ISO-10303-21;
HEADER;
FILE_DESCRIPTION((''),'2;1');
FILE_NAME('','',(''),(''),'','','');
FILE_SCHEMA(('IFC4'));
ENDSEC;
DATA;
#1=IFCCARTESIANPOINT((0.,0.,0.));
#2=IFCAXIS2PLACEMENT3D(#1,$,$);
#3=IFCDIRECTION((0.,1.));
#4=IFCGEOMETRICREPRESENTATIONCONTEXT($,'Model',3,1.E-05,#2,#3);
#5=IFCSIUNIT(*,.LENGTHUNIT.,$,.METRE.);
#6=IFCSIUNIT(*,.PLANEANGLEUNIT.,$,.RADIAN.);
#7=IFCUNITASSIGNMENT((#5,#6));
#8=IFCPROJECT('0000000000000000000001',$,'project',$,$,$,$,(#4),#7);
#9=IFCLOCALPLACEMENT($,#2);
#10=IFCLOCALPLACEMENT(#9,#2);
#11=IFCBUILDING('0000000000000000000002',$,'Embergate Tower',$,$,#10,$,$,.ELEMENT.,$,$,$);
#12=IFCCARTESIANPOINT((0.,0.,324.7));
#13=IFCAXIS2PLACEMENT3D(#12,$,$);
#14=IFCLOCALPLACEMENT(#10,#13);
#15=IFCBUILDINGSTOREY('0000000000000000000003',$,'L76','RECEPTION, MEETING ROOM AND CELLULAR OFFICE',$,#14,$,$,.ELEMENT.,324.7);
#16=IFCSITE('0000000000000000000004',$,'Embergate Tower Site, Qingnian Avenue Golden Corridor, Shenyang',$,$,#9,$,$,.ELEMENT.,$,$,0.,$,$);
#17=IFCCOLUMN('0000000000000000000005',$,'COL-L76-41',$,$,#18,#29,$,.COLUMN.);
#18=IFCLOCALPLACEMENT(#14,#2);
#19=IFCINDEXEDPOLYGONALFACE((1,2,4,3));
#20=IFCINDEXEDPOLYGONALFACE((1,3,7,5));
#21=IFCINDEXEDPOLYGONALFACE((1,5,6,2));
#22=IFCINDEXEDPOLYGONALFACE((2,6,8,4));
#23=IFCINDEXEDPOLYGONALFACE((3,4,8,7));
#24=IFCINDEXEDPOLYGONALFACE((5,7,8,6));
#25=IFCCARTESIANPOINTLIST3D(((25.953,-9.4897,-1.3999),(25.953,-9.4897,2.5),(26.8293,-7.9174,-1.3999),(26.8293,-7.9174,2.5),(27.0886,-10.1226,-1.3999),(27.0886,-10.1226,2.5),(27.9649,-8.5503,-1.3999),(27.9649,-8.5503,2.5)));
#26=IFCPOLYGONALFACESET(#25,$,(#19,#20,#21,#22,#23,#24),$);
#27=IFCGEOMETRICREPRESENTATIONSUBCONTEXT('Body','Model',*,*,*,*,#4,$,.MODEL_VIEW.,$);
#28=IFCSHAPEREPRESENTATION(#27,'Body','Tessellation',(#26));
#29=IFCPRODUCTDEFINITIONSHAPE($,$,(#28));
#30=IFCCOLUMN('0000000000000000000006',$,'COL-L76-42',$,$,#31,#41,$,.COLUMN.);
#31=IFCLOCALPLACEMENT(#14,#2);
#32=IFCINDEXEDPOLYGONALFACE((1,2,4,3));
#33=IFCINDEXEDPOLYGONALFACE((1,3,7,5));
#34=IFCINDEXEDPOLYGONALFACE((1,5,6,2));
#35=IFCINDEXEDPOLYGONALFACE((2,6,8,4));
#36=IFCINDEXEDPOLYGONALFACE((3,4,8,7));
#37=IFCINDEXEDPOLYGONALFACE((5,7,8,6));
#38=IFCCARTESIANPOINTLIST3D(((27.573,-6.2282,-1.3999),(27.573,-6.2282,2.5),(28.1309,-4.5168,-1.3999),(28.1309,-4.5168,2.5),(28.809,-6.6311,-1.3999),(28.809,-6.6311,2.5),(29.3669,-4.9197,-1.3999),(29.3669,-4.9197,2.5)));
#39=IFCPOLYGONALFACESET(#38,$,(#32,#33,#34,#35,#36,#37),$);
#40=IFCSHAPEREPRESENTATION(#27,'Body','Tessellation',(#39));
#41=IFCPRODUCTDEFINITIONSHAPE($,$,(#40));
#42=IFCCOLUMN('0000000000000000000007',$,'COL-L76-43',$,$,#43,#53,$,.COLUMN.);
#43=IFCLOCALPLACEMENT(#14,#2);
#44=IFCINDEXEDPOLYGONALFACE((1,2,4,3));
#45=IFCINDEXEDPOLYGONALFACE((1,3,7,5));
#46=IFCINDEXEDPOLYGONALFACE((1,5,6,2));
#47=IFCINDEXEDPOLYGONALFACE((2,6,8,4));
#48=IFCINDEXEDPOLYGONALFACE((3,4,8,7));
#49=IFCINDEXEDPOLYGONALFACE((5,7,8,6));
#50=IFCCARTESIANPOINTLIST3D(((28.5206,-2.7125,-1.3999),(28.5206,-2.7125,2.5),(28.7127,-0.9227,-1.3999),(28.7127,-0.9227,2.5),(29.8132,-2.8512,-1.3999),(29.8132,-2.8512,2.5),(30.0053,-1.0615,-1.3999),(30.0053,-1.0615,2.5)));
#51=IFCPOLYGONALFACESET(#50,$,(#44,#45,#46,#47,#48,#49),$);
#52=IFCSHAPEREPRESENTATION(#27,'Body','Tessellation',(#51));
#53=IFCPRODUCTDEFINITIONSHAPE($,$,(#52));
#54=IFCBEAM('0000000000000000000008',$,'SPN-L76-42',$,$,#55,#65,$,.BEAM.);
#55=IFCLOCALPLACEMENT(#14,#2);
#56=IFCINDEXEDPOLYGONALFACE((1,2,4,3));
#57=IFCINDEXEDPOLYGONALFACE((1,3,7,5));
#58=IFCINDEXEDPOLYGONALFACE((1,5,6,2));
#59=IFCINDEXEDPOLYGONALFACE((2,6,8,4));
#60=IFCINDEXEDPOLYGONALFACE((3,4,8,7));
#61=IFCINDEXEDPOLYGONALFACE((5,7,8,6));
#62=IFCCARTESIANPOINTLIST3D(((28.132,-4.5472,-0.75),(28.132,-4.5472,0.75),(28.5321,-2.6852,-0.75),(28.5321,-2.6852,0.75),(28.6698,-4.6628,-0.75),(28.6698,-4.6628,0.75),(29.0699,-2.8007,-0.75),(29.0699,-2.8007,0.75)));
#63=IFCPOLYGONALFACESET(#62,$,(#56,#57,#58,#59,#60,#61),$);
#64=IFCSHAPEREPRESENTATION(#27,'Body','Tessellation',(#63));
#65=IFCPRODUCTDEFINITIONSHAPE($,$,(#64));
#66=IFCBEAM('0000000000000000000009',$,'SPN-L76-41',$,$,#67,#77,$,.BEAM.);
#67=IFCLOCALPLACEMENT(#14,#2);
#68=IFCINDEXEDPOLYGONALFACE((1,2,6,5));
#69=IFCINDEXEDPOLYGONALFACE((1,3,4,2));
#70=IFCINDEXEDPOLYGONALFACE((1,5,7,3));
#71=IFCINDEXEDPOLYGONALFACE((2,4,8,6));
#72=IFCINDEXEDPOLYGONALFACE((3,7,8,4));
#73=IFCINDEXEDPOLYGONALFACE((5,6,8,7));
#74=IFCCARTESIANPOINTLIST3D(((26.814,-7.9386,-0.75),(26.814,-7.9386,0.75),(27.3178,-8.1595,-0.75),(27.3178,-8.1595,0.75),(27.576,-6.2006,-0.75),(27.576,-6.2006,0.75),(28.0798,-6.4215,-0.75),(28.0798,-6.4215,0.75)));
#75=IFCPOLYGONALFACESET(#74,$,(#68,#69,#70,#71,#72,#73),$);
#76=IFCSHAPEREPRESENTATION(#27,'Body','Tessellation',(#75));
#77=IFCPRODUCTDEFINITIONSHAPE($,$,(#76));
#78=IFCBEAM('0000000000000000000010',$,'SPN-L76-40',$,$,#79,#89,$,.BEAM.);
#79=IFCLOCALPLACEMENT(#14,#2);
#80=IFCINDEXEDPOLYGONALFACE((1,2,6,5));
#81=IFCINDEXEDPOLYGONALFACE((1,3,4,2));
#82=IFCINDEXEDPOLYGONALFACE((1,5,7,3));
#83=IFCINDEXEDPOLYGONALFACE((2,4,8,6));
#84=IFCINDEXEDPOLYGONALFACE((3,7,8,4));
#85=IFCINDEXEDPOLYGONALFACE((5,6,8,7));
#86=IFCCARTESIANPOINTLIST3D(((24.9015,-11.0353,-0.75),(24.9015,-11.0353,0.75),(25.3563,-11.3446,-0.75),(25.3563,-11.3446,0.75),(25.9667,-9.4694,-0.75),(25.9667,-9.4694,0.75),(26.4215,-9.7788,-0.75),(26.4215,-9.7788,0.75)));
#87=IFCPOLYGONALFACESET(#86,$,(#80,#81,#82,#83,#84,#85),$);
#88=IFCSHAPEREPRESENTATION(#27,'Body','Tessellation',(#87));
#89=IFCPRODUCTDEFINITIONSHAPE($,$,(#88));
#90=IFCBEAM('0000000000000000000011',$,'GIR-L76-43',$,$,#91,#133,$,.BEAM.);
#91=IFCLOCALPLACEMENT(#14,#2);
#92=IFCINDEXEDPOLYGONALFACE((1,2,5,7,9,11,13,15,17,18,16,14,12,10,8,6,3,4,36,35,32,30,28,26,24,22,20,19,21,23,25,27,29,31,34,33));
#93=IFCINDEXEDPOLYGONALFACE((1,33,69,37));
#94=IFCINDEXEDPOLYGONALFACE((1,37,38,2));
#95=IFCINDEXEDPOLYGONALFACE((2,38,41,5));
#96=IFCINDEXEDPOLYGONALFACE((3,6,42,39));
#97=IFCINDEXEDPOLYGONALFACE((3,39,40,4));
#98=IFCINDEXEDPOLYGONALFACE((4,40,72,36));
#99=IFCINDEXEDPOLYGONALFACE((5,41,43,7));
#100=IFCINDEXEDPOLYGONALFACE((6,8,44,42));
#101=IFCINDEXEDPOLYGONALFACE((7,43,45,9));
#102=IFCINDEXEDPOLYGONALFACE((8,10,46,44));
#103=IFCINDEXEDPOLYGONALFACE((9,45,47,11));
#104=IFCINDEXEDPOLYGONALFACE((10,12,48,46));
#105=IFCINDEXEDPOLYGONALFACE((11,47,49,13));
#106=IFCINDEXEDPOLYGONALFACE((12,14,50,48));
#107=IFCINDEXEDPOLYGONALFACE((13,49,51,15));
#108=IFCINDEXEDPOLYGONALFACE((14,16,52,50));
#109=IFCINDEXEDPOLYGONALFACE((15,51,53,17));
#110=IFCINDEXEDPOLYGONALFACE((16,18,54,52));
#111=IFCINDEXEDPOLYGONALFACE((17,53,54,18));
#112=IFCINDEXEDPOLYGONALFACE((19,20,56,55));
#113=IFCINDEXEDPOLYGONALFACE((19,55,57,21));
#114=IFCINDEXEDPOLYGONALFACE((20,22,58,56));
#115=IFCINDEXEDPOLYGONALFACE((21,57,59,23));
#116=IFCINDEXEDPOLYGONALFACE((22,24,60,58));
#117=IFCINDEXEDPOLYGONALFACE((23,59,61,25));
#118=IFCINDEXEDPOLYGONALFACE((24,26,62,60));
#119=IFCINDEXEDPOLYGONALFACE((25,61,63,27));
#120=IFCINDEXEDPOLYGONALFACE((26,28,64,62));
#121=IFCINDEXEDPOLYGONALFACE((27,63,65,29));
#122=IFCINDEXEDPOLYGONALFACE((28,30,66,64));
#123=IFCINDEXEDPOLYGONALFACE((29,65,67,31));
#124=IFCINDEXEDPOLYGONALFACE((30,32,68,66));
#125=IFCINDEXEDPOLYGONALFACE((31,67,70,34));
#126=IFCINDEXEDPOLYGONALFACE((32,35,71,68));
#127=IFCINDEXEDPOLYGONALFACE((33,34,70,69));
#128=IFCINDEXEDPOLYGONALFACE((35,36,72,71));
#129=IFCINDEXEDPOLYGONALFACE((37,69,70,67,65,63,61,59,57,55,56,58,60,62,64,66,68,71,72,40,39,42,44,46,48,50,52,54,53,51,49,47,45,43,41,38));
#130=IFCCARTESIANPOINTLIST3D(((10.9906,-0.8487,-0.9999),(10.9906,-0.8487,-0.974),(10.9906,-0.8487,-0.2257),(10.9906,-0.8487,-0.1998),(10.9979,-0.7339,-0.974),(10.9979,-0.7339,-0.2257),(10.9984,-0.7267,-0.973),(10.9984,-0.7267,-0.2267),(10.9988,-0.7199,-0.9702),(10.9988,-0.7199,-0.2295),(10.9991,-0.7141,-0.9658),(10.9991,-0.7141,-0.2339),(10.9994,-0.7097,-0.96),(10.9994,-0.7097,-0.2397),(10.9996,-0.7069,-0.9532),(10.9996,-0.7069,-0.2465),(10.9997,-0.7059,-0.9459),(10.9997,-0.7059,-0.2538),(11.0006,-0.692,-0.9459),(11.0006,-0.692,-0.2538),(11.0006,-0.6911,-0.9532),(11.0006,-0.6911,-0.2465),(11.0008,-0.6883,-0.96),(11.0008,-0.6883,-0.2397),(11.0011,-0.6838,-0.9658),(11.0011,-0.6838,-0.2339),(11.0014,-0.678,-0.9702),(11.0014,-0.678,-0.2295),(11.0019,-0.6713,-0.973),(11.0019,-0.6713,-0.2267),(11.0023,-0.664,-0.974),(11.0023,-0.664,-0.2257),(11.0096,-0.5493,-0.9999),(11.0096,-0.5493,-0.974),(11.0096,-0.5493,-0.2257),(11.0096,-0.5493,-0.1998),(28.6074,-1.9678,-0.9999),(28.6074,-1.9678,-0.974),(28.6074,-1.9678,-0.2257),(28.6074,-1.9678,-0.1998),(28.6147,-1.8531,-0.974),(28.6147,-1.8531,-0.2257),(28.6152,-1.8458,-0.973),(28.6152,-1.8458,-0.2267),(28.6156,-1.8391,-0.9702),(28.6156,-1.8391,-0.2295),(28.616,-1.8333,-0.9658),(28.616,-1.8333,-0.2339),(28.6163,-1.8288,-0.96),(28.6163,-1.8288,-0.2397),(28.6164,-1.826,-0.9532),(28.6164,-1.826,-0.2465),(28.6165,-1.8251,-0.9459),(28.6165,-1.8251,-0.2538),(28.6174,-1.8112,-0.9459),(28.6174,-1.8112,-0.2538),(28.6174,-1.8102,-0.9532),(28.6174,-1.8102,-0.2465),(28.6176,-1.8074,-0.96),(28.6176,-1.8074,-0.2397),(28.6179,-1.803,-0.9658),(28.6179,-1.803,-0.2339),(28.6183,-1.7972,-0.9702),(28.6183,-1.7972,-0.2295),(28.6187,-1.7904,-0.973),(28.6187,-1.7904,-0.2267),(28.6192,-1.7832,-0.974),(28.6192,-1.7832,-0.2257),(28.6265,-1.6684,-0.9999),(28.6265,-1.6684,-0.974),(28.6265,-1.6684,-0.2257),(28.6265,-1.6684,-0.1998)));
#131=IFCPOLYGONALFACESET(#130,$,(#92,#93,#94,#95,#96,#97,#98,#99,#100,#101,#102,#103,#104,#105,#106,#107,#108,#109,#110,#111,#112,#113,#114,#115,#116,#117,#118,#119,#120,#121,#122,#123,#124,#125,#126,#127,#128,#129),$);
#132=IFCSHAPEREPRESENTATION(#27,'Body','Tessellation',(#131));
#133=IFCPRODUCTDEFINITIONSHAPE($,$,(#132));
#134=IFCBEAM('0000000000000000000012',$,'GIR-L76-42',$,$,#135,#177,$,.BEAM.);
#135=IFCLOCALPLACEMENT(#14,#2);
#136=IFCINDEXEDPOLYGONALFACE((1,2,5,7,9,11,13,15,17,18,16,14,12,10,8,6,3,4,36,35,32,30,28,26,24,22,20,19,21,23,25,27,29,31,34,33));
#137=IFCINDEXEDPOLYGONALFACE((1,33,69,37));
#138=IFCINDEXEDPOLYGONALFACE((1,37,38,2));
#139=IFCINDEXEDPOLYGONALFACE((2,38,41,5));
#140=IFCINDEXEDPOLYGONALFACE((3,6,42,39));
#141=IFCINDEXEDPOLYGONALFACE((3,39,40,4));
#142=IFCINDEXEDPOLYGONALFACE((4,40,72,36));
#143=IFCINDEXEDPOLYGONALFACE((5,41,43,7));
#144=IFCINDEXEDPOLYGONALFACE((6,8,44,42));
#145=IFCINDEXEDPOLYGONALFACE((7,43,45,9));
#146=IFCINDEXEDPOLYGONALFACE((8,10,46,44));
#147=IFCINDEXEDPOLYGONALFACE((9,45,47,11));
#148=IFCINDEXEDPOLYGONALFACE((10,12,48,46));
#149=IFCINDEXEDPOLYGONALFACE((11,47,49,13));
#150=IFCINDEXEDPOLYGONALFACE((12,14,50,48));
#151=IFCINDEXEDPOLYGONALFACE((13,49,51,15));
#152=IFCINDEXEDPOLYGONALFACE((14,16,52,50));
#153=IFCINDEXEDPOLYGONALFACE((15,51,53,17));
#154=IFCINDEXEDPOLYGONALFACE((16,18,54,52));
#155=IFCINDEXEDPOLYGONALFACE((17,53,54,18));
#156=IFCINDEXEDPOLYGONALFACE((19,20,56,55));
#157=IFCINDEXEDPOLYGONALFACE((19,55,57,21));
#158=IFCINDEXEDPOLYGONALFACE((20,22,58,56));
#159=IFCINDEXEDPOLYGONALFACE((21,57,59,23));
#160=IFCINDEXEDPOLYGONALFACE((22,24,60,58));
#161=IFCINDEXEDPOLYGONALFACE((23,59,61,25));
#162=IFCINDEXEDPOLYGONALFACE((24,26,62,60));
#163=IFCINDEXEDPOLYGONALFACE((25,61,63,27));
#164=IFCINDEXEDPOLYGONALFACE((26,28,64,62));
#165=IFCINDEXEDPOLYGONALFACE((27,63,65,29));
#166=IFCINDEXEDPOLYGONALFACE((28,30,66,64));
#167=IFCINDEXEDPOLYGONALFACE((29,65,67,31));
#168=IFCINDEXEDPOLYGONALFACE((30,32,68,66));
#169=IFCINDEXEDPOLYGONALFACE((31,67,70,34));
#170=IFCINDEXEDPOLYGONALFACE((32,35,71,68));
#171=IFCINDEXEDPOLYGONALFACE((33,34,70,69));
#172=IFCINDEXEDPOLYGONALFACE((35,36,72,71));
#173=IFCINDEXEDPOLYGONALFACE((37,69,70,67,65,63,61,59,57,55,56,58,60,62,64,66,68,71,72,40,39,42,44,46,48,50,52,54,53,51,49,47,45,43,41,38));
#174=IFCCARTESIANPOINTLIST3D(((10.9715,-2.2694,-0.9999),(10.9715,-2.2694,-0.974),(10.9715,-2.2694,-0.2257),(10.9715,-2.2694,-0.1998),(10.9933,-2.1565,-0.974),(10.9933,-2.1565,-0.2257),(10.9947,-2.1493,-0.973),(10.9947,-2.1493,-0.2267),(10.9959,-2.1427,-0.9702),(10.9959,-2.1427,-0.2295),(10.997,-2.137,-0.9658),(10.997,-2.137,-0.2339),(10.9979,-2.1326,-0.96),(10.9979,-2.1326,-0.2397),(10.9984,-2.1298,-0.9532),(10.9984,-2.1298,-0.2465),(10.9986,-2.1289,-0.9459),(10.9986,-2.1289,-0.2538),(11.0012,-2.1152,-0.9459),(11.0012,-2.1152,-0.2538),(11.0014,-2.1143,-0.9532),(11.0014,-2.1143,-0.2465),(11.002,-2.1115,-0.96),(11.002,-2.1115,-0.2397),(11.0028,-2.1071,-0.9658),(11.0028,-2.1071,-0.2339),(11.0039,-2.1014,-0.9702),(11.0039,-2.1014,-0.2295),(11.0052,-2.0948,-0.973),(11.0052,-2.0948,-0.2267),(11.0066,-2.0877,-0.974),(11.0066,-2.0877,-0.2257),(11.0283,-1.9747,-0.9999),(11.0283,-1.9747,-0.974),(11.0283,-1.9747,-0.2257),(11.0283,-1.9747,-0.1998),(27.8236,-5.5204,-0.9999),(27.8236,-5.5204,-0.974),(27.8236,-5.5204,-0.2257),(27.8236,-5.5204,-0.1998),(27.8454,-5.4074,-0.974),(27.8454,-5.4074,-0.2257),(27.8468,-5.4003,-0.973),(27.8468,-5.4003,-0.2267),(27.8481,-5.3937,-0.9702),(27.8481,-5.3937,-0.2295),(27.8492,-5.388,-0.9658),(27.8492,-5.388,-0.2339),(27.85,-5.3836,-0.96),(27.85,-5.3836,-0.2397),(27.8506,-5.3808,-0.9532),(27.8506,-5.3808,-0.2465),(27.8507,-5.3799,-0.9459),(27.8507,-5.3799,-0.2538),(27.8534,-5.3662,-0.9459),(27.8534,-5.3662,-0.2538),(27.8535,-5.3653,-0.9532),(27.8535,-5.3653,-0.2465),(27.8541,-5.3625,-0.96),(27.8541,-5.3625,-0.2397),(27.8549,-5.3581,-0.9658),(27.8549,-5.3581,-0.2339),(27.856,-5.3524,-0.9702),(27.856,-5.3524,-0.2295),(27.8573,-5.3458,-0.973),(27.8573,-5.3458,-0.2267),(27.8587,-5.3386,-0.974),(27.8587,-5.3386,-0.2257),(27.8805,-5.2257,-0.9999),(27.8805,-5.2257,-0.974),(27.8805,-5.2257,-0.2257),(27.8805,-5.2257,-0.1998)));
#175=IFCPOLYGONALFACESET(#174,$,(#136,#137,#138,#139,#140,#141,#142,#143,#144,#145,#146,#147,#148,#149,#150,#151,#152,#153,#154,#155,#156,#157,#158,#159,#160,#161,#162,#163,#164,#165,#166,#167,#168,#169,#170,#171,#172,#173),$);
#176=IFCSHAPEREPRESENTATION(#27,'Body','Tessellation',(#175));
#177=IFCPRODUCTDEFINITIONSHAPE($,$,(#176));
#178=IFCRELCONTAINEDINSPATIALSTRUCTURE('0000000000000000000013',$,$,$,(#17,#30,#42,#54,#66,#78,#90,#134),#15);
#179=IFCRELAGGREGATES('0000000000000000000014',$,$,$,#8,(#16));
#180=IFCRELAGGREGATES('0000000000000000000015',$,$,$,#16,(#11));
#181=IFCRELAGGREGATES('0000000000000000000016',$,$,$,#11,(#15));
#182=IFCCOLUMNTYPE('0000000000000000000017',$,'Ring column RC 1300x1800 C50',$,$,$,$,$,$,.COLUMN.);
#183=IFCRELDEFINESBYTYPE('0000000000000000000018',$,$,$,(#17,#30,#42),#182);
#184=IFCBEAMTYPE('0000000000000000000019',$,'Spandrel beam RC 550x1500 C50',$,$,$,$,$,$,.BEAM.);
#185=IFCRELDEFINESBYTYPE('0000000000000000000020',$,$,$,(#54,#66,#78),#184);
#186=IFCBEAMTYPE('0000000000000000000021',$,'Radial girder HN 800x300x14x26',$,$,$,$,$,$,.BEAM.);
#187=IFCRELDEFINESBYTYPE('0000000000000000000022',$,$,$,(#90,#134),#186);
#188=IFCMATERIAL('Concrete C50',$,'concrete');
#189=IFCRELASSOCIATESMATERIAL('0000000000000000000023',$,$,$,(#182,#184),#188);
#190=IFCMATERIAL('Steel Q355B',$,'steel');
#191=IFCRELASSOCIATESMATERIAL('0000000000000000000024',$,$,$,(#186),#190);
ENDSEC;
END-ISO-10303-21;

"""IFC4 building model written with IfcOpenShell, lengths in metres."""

from ifc_helpers import new_model, si_unit, direction, frame, origin, origin_2d, place, context, subcontext, project, spatial, rectangle, i_section, extrude, source, transform, mapped, material, material_profile, profile_set, type_object, element, save


model = new_model("IFC4")

# Units and contexts
model_context = context("Model", 3, precision=1e-05, world=origin(), true_north=direction((0.0, 1.0)))
body_context = subcontext(model_context, "Body", "Model", "MODEL_VIEW")
ifc_project = project(units=[si_unit("LENGTHUNIT", "METRE"), si_unit("PLANEANGLEUNIT", "RADIAN")], contexts=[model_context])

# Site, building, storey
site_placement = place(None, origin())
site = spatial("IfcSite", under=ifc_project, at=site_placement, Name="Embergate Tower Site, Qingnian Avenue Golden Corridor, Shenyang", CompositionType="ELEMENT", RefElevation=0.0)
building_placement = place(site_placement, origin())
building = spatial("IfcBuilding", under=site, at=building_placement, Name="Embergate Tower", CompositionType="ELEMENT")
storey_placement = place(building_placement, frame((0.0, 0.0, 324.7)))
storey = spatial("IfcBuildingStorey", under=building, at=storey_placement, Name="L76", Description="RECEPTION, MEETING ROOM AND CELLULAR OFFICE", CompositionType="ELEMENT", Elevation=324.7)

# Columns
ifc_material_1 = material(Name="Concrete C50", Category="concrete")
ifc_material_profile_1 = material_profile(ifc_material_1, rectangle(XDim=1.3, YDim=1.8, at=origin_2d()), Name="RC 1300x1800")
ifc_profile_set_1 = profile_set([ifc_material_profile_1], Name="Concrete C50")
column_type = type_object("IfcColumnType", Name="Ring column RC 1300x1800 C50", PredefinedType="COLUMN", material=ifc_profile_set_1)
shared_shape_1 = source(origin(), body_context, "Body", "SweptSolid", [
    extrude(rectangle(XDim=1.3, YDim=1.8, at=origin_2d()), origin(), (0.0, 0.0, 1.0), 3.8999),
])
for number, where, z_axis, x_axis, name in (
    (1, (26.959, -9.02, -1.3999), (0.0, 0.0, 1.0), (0.8735, -0.486823, 0.0), "COL-L76-41"),
    (2, (28.47, -5.574, -1.3999), (0.0, 0.0, 1.0), (0.950754, -0.309946, 0.0), "COL-L76-42"),
    (3, (29.2629, -1.887, -1.3999), (0.0, 0.0, 1.0), (0.994286, -0.10675, 0.0), "COL-L76-43"),
):
    element("IfcColumn", number, at=place(storey_placement, frame(where, z_axis=z_axis, x_axis=x_axis)), inside=storey, type_object=column_type, Name=name, PredefinedType="COLUMN", context=body_context, shape_type="MappedRepresentation", body=[
        mapped(shared_shape_1, transform((0.0, 0.0, 0.0))),
    ])

# Beams
ifc_material_profile_2 = material_profile(ifc_material_1, rectangle(XDim=0.55, YDim=1.5, at=origin_2d()), Name="RC 550x1500")
ifc_profile_set_2 = profile_set([ifc_material_profile_2], Name="Concrete C50")
beam_type_1 = type_object("IfcBeamType", Name="Spandrel beam RC 550x1500 C50", PredefinedType="BEAM", material=ifc_profile_set_2)
shared_shape_2 = source(origin(), body_context, "Body", "SweptSolid", [
    extrude(rectangle(XDim=0.55, YDim=1.5, at=origin_2d()), origin(), (0.0, 0.0, 1.0), 1.9045),
])
beam_1_placement = place(storey_placement, frame((28.4009, -4.605, 0.0), z_axis=(0.210098, 0.97768, 0.0), x_axis=(-0.97768, 0.210098, 0.0)))
element("IfcBeam", 4, at=beam_1_placement, inside=storey, type_object=beam_type_1, Name="SPN-L76-42", PredefinedType="BEAM", context=body_context, shape_type="MappedRepresentation", body=[
    mapped(shared_shape_2, transform((0.0, 0.0, 0.0))),
])
shared_shape_3 = source(origin(), body_context, "Body", "SweptSolid", [
    extrude(rectangle(XDim=0.55, YDim=1.5, at=origin_2d()), origin(), (0.0, 0.0, 1.0), 1.8977),
])
beam_2_placement = place(storey_placement, frame((27.0659, -8.0491, 0.0), z_axis=(0.401514, 0.915853, 0.0), x_axis=(-0.915853, 0.401514, 0.0)))
element("IfcBeam", 5, at=beam_2_placement, inside=storey, type_object=beam_type_1, Name="SPN-L76-41", PredefinedType="BEAM", context=body_context, shape_type="MappedRepresentation", body=[
    mapped(shared_shape_3, transform((0.0, 0.0, 0.0))),
])
shared_shape_4 = source(origin(), body_context, "Body", "SweptSolid", [
    extrude(rectangle(XDim=0.55, YDim=1.5, at=origin_2d()), origin(), (0.0, 0.0, 1.0), 1.8938),
])
beam_3_placement = place(storey_placement, frame((25.1289, -11.1899, 0.0), z_axis=(0.56244, 0.826838, 0.0), x_axis=(-0.826838, 0.56244, 0.0)))
element("IfcBeam", 6, at=beam_3_placement, inside=storey, type_object=beam_type_1, Name="SPN-L76-40", PredefinedType="BEAM", context=body_context, shape_type="MappedRepresentation", body=[
    mapped(shared_shape_4, transform((0.0, 0.0, 0.0))),
])
ifc_material_2 = material(Name="Steel Q355B", Category="steel")
ifc_material_profile_3 = material_profile(ifc_material_2, i_section(OverallWidth=0.3, OverallDepth=0.8, WebThickness=0.0139, FlangeThickness=0.0259, FilletRadius=0.0281, at=origin_2d()), Name="HN 800x300x14x26")
ifc_profile_set_3 = profile_set([ifc_material_profile_3], Name="Steel Q355 grade B")
beam_type_2 = type_object("IfcBeamType", Name="Radial girder HN 800x300x14x26", PredefinedType="BEAM", material=ifc_profile_set_3)
shared_shape_5 = source(origin(), body_context, "Body", "SweptSolid", [
    extrude(i_section(OverallWidth=0.3, OverallDepth=0.8, WebThickness=0.0139, FlangeThickness=0.0259, FilletRadius=0.0281, at=origin_2d()), origin(), (0.0, 0.0, 1.0), 17.6523),
])
beam_4_placement = place(storey_placement, frame((28.6169, -1.8181, -0.5999), z_axis=(-0.997988, 0.063399, 0.0), x_axis=(-0.063399, -0.997988, 0.0)))
element("IfcBeam", 7, at=beam_4_placement, inside=storey, type_object=beam_type_2, Name="GIR-L76-43", PredefinedType="BEAM", context=body_context, shape_type="MappedRepresentation", body=[
    mapped(shared_shape_5, transform((0.0, 0.0, 0.0))),
])
shared_shape_6 = source(origin(), body_context, "Body", "SweptSolid", [
    extrude(i_section(OverallWidth=0.3, OverallDepth=0.8, WebThickness=0.0139, FlangeThickness=0.0259, FilletRadius=0.0281, at=origin_2d()), origin(), (0.0, 0.0, 1.0), 17.1628),
])
beam_5_placement = place(storey_placement, frame((27.8521, -5.373, -0.5999), z_axis=(-0.981896, 0.18942, 0.0), x_axis=(-0.18942, -0.981896, 0.0)))
element("IfcBeam", 8, at=beam_5_placement, inside=storey, type_object=beam_type_2, Name="GIR-L76-42", PredefinedType="BEAM", context=body_context, shape_type="MappedRepresentation", body=[
    mapped(shared_shape_6, transform((0.0, 0.0, 0.0))),
])

save(model, "model.ifc")
